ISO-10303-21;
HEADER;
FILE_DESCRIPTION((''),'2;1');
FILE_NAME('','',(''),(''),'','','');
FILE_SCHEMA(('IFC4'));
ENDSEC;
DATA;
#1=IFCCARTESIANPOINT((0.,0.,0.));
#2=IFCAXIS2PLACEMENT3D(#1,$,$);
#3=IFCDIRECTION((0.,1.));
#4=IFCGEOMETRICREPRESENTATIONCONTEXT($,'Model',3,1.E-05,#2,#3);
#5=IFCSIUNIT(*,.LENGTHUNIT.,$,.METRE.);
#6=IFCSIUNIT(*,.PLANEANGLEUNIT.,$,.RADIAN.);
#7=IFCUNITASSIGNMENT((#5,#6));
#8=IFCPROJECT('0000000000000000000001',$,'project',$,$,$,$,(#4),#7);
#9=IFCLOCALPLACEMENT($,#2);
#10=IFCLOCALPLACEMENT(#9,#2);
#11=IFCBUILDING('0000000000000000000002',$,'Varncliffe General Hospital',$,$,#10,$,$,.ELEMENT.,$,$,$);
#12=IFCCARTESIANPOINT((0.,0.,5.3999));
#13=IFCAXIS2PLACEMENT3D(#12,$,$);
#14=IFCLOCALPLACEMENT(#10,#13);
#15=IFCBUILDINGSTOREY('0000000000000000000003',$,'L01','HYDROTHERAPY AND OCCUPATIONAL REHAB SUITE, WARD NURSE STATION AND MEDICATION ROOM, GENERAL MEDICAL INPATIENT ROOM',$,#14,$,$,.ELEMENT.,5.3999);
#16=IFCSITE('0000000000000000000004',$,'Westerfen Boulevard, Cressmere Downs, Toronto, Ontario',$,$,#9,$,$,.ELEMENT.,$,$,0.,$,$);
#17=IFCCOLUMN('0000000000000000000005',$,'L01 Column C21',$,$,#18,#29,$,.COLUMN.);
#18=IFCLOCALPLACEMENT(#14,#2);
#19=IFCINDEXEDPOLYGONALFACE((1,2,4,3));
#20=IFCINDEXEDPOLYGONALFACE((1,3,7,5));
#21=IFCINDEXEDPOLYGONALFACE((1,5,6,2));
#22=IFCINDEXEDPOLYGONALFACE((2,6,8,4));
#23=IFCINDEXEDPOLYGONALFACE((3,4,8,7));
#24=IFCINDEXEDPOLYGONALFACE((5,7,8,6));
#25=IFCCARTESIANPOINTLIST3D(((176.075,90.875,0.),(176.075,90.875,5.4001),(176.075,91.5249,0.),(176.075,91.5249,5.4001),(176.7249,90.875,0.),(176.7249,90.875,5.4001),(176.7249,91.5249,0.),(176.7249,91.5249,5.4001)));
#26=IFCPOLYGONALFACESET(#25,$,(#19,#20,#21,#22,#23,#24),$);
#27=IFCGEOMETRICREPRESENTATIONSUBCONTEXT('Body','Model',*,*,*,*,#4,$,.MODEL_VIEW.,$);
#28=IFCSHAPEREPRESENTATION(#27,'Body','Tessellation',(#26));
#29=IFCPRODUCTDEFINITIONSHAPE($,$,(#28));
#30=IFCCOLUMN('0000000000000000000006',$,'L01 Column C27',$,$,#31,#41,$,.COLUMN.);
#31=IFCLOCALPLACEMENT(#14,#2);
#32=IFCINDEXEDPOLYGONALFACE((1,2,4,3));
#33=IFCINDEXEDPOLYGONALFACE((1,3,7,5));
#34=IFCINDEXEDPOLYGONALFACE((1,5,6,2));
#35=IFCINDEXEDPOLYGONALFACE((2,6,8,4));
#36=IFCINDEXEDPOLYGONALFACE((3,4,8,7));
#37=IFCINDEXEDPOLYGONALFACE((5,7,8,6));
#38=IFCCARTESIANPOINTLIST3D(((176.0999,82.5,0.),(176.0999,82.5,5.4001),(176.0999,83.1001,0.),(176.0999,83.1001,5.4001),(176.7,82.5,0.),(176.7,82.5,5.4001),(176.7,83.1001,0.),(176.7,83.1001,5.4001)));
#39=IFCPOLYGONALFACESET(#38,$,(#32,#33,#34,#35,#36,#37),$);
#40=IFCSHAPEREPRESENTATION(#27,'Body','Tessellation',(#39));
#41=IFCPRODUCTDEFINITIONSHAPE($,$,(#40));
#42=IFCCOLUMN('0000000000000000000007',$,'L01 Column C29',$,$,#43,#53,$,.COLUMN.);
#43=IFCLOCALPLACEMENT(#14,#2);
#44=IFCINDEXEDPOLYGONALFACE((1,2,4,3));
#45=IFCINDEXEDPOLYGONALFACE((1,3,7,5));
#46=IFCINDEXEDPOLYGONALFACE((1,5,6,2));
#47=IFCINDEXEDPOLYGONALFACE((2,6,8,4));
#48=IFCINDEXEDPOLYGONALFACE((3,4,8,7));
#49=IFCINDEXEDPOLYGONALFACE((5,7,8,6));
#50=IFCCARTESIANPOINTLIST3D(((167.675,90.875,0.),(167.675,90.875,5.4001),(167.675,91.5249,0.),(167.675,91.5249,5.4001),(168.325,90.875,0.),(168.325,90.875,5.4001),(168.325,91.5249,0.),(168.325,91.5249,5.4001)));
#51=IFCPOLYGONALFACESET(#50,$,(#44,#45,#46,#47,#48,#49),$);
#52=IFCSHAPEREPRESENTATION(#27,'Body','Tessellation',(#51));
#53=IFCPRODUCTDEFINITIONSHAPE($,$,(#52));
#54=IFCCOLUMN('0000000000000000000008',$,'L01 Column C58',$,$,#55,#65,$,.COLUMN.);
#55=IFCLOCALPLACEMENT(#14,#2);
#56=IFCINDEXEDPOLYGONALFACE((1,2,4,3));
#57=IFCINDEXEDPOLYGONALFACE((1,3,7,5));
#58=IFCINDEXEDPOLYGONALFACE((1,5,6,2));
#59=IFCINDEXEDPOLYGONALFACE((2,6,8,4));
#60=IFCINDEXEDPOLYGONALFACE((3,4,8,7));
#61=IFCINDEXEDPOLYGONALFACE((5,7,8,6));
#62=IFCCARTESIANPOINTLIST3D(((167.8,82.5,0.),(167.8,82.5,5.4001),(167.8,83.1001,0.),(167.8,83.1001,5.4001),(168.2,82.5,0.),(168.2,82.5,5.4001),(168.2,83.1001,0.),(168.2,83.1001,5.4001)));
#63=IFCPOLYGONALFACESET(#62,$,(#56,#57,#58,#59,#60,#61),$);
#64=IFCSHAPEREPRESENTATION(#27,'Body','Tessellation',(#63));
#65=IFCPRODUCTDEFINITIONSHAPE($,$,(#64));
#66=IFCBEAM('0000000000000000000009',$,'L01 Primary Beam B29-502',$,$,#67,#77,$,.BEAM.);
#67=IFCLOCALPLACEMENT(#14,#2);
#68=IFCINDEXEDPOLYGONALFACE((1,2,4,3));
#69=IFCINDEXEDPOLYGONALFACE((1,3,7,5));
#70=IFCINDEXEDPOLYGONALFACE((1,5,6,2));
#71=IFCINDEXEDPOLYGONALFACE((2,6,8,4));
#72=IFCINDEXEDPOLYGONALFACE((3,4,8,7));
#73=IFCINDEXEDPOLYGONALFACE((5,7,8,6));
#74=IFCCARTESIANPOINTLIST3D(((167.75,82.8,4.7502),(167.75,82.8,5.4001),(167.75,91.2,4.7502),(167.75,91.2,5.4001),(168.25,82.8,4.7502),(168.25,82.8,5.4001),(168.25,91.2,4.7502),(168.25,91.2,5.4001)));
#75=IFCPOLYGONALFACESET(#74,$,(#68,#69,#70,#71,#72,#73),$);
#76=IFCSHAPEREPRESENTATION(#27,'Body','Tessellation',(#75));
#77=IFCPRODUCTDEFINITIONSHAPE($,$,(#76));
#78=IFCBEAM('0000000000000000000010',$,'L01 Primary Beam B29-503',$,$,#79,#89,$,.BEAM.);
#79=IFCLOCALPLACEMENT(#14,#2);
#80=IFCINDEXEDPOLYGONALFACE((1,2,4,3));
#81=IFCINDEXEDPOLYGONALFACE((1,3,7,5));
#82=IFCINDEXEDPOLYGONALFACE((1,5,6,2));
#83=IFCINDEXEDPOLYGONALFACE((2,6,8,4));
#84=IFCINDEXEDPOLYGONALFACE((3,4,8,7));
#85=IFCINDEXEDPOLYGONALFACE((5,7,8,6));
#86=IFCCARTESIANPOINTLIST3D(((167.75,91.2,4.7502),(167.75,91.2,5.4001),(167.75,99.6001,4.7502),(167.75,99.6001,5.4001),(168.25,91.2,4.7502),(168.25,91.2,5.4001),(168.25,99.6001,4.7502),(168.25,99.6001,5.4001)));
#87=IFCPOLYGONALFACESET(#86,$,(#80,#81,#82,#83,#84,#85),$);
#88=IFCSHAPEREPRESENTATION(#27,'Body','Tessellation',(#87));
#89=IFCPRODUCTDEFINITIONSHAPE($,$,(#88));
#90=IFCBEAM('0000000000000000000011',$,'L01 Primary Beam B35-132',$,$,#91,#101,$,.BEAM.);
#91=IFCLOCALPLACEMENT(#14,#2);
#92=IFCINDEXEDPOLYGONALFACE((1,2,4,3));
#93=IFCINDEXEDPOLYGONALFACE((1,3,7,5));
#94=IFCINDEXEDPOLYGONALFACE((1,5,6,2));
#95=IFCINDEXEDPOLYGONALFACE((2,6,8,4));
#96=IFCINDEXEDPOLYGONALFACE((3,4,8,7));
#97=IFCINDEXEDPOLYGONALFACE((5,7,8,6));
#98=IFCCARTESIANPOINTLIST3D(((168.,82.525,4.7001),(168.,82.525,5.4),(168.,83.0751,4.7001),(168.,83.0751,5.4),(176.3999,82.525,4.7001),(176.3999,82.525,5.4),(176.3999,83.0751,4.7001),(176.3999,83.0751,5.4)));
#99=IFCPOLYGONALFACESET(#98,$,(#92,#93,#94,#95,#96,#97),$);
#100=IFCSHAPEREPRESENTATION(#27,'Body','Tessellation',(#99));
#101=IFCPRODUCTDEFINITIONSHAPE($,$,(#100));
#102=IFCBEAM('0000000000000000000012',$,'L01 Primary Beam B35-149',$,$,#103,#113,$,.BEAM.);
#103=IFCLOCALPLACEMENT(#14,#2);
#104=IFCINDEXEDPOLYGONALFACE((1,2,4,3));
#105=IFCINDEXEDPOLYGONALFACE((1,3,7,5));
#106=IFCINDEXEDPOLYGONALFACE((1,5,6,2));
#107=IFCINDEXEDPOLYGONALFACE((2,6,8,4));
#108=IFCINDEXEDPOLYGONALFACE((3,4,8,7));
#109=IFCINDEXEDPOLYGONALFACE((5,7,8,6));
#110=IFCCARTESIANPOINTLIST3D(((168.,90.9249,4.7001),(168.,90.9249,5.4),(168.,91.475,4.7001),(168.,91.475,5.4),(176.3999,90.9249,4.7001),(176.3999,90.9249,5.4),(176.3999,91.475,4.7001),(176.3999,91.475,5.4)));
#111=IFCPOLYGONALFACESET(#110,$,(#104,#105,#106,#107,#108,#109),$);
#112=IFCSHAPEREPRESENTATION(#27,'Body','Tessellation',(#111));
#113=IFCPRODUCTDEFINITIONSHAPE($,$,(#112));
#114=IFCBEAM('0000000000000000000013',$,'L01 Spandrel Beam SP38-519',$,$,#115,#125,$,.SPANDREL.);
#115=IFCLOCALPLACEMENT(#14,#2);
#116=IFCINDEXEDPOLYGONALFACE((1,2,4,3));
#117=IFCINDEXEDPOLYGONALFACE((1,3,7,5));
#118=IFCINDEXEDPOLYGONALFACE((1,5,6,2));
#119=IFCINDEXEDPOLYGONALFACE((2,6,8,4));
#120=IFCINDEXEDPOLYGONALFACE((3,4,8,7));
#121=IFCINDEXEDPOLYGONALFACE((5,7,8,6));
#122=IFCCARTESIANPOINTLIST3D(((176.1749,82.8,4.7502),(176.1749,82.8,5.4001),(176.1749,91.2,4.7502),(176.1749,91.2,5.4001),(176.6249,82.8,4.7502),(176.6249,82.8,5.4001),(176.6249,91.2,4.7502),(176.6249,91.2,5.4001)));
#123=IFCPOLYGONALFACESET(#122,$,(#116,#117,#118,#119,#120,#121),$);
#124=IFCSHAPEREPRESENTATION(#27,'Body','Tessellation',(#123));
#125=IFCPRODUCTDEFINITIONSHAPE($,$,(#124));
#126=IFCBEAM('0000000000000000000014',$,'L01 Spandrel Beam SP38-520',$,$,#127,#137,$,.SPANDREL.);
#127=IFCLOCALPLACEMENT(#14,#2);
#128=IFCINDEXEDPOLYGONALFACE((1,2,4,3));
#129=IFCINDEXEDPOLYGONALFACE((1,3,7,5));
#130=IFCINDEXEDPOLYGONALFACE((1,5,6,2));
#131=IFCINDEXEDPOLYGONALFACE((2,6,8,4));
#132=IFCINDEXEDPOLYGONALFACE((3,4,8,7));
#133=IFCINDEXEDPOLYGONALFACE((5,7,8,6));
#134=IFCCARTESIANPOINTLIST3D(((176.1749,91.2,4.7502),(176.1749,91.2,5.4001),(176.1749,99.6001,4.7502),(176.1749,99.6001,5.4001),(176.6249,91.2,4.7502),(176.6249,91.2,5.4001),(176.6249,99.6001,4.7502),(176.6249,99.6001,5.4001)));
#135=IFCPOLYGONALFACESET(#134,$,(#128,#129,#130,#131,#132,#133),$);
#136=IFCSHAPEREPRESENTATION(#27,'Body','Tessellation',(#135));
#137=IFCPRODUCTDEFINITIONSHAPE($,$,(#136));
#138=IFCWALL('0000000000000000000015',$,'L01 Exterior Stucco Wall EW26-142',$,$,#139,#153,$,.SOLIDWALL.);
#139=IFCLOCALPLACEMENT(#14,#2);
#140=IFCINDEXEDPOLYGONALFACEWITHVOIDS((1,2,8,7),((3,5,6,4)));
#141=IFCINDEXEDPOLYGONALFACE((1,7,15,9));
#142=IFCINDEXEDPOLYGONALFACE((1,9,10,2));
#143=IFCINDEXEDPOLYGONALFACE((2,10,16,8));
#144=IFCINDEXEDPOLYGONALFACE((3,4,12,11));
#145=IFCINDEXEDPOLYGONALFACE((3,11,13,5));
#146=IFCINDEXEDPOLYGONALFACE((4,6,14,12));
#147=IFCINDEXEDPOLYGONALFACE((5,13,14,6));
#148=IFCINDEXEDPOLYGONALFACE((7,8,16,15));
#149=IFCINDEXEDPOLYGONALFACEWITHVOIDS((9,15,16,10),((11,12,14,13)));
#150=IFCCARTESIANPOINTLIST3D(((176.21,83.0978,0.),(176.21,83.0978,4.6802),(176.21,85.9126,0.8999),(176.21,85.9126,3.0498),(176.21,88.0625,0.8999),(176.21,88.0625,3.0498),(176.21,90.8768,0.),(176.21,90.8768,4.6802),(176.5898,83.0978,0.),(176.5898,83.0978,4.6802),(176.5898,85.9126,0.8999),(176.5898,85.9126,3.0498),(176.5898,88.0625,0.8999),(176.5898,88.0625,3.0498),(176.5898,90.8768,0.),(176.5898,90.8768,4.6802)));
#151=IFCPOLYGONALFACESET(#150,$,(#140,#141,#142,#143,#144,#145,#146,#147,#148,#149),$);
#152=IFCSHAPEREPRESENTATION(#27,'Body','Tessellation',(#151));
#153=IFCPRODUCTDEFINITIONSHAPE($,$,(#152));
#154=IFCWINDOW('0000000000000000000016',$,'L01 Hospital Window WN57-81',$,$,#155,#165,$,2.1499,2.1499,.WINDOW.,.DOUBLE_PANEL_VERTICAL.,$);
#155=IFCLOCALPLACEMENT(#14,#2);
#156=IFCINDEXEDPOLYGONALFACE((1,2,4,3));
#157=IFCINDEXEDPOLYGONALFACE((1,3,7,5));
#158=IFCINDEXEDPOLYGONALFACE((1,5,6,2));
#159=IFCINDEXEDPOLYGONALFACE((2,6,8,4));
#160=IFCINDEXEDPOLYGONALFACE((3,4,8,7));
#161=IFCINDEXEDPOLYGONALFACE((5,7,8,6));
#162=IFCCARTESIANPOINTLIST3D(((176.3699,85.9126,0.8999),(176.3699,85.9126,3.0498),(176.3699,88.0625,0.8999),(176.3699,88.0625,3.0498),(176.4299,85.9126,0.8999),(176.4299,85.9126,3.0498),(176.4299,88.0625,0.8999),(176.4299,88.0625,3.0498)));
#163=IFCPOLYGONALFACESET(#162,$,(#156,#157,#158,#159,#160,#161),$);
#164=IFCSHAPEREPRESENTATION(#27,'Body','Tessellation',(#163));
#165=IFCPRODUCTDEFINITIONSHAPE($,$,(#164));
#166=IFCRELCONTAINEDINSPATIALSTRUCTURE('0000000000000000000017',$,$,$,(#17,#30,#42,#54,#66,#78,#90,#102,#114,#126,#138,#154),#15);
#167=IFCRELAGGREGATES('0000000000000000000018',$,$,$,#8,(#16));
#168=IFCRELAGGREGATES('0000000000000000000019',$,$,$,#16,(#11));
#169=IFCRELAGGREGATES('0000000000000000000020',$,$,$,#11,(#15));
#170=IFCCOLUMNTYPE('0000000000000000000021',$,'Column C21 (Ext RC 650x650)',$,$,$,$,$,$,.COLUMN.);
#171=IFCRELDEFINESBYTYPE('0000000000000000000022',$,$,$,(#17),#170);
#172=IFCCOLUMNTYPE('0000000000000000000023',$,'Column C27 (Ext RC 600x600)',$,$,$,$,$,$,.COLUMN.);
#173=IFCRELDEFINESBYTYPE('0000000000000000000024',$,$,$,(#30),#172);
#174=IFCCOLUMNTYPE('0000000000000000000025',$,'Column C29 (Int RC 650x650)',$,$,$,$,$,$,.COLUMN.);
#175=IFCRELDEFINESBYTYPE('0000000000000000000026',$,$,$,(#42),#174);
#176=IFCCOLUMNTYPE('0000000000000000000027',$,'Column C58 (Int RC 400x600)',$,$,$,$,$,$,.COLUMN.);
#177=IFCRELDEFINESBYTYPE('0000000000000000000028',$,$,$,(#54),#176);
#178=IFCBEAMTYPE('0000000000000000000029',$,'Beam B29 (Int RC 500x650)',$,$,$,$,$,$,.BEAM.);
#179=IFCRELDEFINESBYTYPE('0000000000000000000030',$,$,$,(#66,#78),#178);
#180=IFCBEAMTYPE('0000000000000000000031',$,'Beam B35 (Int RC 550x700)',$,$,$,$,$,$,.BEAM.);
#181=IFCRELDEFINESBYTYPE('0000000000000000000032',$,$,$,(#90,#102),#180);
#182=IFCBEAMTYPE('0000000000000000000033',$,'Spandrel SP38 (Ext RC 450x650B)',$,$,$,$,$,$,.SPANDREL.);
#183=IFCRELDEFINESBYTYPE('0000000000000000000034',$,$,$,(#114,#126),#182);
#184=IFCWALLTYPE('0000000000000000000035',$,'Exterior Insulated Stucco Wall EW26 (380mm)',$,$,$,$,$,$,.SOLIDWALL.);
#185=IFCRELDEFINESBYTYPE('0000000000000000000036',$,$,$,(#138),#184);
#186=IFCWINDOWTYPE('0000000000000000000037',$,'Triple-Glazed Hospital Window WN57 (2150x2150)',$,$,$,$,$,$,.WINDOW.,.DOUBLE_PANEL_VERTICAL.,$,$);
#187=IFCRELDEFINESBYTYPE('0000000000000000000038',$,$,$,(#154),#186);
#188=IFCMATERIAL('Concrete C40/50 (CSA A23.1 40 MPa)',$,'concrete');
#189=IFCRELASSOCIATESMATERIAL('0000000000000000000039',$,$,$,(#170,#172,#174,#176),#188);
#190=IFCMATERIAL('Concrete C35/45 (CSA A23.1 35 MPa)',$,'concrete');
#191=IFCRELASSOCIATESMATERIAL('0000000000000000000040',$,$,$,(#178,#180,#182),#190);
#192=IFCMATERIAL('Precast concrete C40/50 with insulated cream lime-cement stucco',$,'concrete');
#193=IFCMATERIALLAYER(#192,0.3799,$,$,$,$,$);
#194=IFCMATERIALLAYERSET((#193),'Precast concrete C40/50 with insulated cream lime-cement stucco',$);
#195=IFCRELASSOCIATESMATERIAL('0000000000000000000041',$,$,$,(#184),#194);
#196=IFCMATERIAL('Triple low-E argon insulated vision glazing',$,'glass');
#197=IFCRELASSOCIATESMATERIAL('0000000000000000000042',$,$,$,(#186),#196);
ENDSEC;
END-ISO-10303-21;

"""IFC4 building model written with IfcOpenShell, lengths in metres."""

from ifc_helpers import new_model, si_unit, direction, frame, frame_2d, origin, origin_2d, place, context, subcontext, project, spatial, rectangle, extrude, material, layer, layer_set, material_profile, profile_set, type_object, element, fill, save


model = new_model("IFC4")

# Units and contexts
model_context = context("Model", 3, precision=1e-05, world=origin(), true_north=direction((0.0, 1.0)))
body_context = subcontext(model_context, "Body", "Model", "MODEL_VIEW")
ifc_project = project(units=[si_unit("LENGTHUNIT", "METRE"), si_unit("PLANEANGLEUNIT", "RADIAN")], contexts=[model_context])

# Site, building, storey
site_placement = place(None, origin())
site = spatial("IfcSite", under=ifc_project, at=site_placement, Name="Westerfen Boulevard, Cressmere Downs, Toronto, Ontario", CompositionType="ELEMENT", RefElevation=0.0)
building_placement = place(site_placement, origin())
building = spatial("IfcBuilding", under=site, at=building_placement, Name="Varncliffe General Hospital", CompositionType="ELEMENT")
storey_placement = place(building_placement, frame((0.0, 0.0, 5.3999)))
storey = spatial("IfcBuildingStorey", under=building, at=storey_placement, Name="L01", Description="HYDROTHERAPY AND OCCUPATIONAL REHAB SUITE, WARD NURSE STATION AND MEDICATION ROOM, GENERAL MEDICAL INPATIENT ROOM", CompositionType="ELEMENT", Elevation=5.3999)

# Columns
ifc_material_1 = material(Name="Concrete C40/50 (CSA A23.1 40 MPa)", Category="concrete")
ifc_material_profile_1 = material_profile(ifc_material_1, rectangle(XDim=0.6499, YDim=0.6499, at=origin_2d()), Name="RC 650x650")
ifc_profile_set_1 = profile_set([ifc_material_profile_1], Name="Concrete C40/50 (CSA A23.1 40 MPa)")
column_type_1 = type_object("IfcColumnType", Name="Column C21 (Ext RC 650x650)", PredefinedType="COLUMN", material=ifc_profile_set_1)
column_1_placement = place(storey_placement, frame((176.3999, 91.2, 0.0), z_axis=(0.0, 0.0, 1.0), x_axis=(1.0, 0.0, 0.0)))
element("IfcColumn", 1, at=column_1_placement, inside=storey, type_object=column_type_1, Name="L01 Column C21", PredefinedType="COLUMN", context=body_context, shape_type="SweptSolid", body=[
    extrude(rectangle(XDim=0.6499, YDim=0.6499, at=origin_2d()), origin(), (0.0, 0.0, 1.0), 5.4001),
])
ifc_material_profile_2 = material_profile(ifc_material_1, rectangle(XDim=0.6001, YDim=0.6001, at=origin_2d()), Name="RC 600x600")
ifc_profile_set_2 = profile_set([ifc_material_profile_2], Name="Concrete C40/50 (CSA A23.1 40 MPa)")
column_type_2 = type_object("IfcColumnType", Name="Column C27 (Ext RC 600x600)", PredefinedType="COLUMN", material=ifc_profile_set_2)
column_2_placement = place(storey_placement, frame((176.3999, 82.8, 0.0), z_axis=(0.0, 0.0, 1.0), x_axis=(1.0, 0.0, 0.0)))
element("IfcColumn", 2, at=column_2_placement, inside=storey, type_object=column_type_2, Name="L01 Column C27", PredefinedType="COLUMN", context=body_context, shape_type="SweptSolid", body=[
    extrude(rectangle(XDim=0.6001, YDim=0.6001, at=origin_2d()), origin(), (0.0, 0.0, 1.0), 5.4001),
])
ifc_material_profile_3 = material_profile(ifc_material_1, rectangle(XDim=0.6499, YDim=0.6499, at=origin_2d()), Name="RC 650x650")
ifc_profile_set_3 = profile_set([ifc_material_profile_3], Name="Concrete C40/50 (CSA A23.1 40 MPa)")
column_type_3 = type_object("IfcColumnType", Name="Column C29 (Int RC 650x650)", PredefinedType="COLUMN", material=ifc_profile_set_3)
column_3_placement = place(storey_placement, frame((168.0, 91.2, 0.0), z_axis=(0.0, 0.0, 1.0), x_axis=(1.0, 0.0, 0.0)))
element("IfcColumn", 3, at=column_3_placement, inside=storey, type_object=column_type_3, Name="L01 Column C29", PredefinedType="COLUMN", context=body_context, shape_type="SweptSolid", body=[
    extrude(rectangle(XDim=0.6499, YDim=0.6499, at=origin_2d()), origin(), (0.0, 0.0, 1.0), 5.4001),
])
ifc_material_profile_4 = material_profile(ifc_material_1, rectangle(XDim=0.3999, YDim=0.6001, at=origin_2d()), Name="RC 400x600")
ifc_profile_set_4 = profile_set([ifc_material_profile_4], Name="Concrete C40/50 (CSA A23.1 40 MPa)")
column_type_4 = type_object("IfcColumnType", Name="Column C58 (Int RC 400x600)", PredefinedType="COLUMN", material=ifc_profile_set_4)
column_4_placement = place(storey_placement, frame((168.0, 82.8, 0.0), z_axis=(0.0, 0.0, 1.0), x_axis=(1.0, 0.0, 0.0)))
element("IfcColumn", 4, at=column_4_placement, inside=storey, type_object=column_type_4, Name="L01 Column C58", PredefinedType="COLUMN", context=body_context, shape_type="SweptSolid", body=[
    extrude(rectangle(XDim=0.3999, YDim=0.6001, at=origin_2d()), origin(), (0.0, 0.0, 1.0), 5.4001),
])

# Beams
ifc_material_2 = material(Name="Concrete C35/45 (CSA A23.1 35 MPa)", Category="concrete")
ifc_material_profile_5 = material_profile(ifc_material_2, rectangle(XDim=0.5, YDim=0.6499, at=origin_2d()), Name="RC 500x650")
ifc_profile_set_5 = profile_set([ifc_material_profile_5], Name="Concrete C35/45 (CSA A23.1 35 MPa)")
beam_type_1 = type_object("IfcBeamType", Name="Beam B29 (Int RC 500x650)", PredefinedType="BEAM", material=ifc_profile_set_5)
beam_1_placement = place(storey_placement, frame((168.0, 82.8, 5.0752), z_axis=(0.0, 1.0, 0.0), x_axis=(-1.0, 0.0, 0.0)))
element("IfcBeam", 5, at=beam_1_placement, inside=storey, type_object=beam_type_1, Name="L01 Primary Beam B29-502", PredefinedType="BEAM", context=body_context, shape_type="SweptSolid", body=[
    extrude(rectangle(XDim=0.5, YDim=0.6499, at=origin_2d()), origin(), (0.0, 0.0, 1.0), 8.3999),
])
beam_2_placement = place(storey_placement, frame((168.0, 91.2, 5.0752), z_axis=(0.0, 1.0, 0.0), x_axis=(-1.0, 0.0, 0.0)))
element("IfcBeam", 6, at=beam_2_placement, inside=storey, type_object=beam_type_1, Name="L01 Primary Beam B29-503", PredefinedType="BEAM", context=body_context, shape_type="SweptSolid", body=[
    extrude(rectangle(XDim=0.5, YDim=0.6499, at=origin_2d()), origin(), (0.0, 0.0, 1.0), 8.4001),
])
ifc_material_profile_6 = material_profile(ifc_material_2, rectangle(XDim=0.55, YDim=0.7, at=origin_2d()), Name="RC 550x700")
ifc_profile_set_6 = profile_set([ifc_material_profile_6], Name="Concrete C35/45 (CSA A23.1 35 MPa)")
beam_type_2 = type_object("IfcBeamType", Name="Beam B35 (Int RC 550x700)", PredefinedType="BEAM", material=ifc_profile_set_6)
for number, where, z_axis, x_axis, name in (
    (7, (168.0, 82.8, 5.05), (1.0, 0.0, 0.0), (0.0, 1.0, 0.0), "L01 Primary Beam B35-132"),
    (8, (168.0, 91.2, 5.05), (1.0, 0.0, 0.0), (0.0, 1.0, 0.0), "L01 Primary Beam B35-149"),
):
    element("IfcBeam", number, at=place(storey_placement, frame(where, z_axis=z_axis, x_axis=x_axis)), inside=storey, type_object=beam_type_2, Name=name, PredefinedType="BEAM", context=body_context, shape_type="SweptSolid", body=[
        extrude(rectangle(XDim=0.55, YDim=0.7, at=origin_2d()), origin(), (0.0, 0.0, 1.0), 8.3999),
    ])
ifc_material_profile_7 = material_profile(ifc_material_2, rectangle(XDim=0.45, YDim=0.6499, at=origin_2d()), Name="RC 450x650")
ifc_profile_set_7 = profile_set([ifc_material_profile_7], Name="Concrete C35/45 (CSA A23.1 35 MPa)")
beam_type_3 = type_object("IfcBeamType", Name="Spandrel SP38 (Ext RC 450x650B)", PredefinedType="SPANDREL", material=ifc_profile_set_7)
beam_3_placement = place(storey_placement, frame((176.3999, 82.8, 5.0752), z_axis=(0.0, 1.0, 0.0), x_axis=(-1.0, 0.0, 0.0)))
element("IfcBeam", 9, at=beam_3_placement, inside=storey, type_object=beam_type_3, Name="L01 Spandrel Beam SP38-519", PredefinedType="SPANDREL", context=body_context, shape_type="SweptSolid", body=[
    extrude(rectangle(XDim=0.45, YDim=0.6499, at=origin_2d()), origin(), (0.0, 0.0, 1.0), 8.3999),
])
beam_4_placement = place(storey_placement, frame((176.3999, 91.2, 5.0752), z_axis=(0.0, 1.0, 0.0), x_axis=(-1.0, 0.0, 0.0)))
element("IfcBeam", 10, at=beam_4_placement, inside=storey, type_object=beam_type_3, Name="L01 Spandrel Beam SP38-520", PredefinedType="SPANDREL", context=body_context, shape_type="SweptSolid", body=[
    extrude(rectangle(XDim=0.45, YDim=0.6499, at=origin_2d()), origin(), (0.0, 0.0, 1.0), 8.4001),
])

# Wall, opening, window
ifc_material_3 = material(Name="Precast concrete C40/50 with insulated cream lime-cement stucco", Category="concrete")
ifc_layer_1 = layer(ifc_material_3, 0.3799)
ifc_layer_set_1 = layer_set([ifc_layer_1], Name="Precast concrete C40/50 with insulated cream lime-cement stucco")
wall_type_1 = type_object("IfcWallType", Name="Exterior Insulated Stucco Wall EW26 (380mm)", PredefinedType="SOLIDWALL", material=ifc_layer_set_1)
wall_1_placement = place(storey_placement, frame((176.3999, 90.877, 0.0), z_axis=(0.0, 0.0, 1.0), x_axis=(0.0, -1.0, 0.0)))
wall_1 = element("IfcWall", 11, at=wall_1_placement, inside=storey, type_object=wall_type_1, Name="L01 Exterior Stucco Wall EW26-142", PredefinedType="SOLIDWALL", context=body_context, shape_type="SweptSolid", body=[
    extrude(rectangle(XDim=7.7791, YDim=0.3799, at=frame_2d((3.8896, 0.0))), origin(), (0.0, 0.0, 1.0), 4.6802),
])
opening_1_placement = place(wall_1_placement, frame((2.8145, 0.0, 0.8999)))
opening_1 = element("IfcOpeningElement", 12, at=opening_1_placement, cuts=wall_1, PredefinedType="OPENING", context=body_context, shape_type="SweptSolid", body=[
    extrude(rectangle(XDim=2.1499, YDim=2.1499, at=frame_2d((1.075, 1.075))), frame((0.0, 0.2, 0.0), z_axis=(0.0, -1.0, 0.0), x_axis=(1.0, 0.0, 0.0)), (0.0, 0.0, 1.0), 0.3999),
])
ifc_material_4 = material(Name="Triple low-E argon insulated vision glazing", Category="glass")
window_type = type_object("IfcWindowType", Name="Triple-Glazed Hospital Window WN57 (2150x2150)", PartitioningType="DOUBLE_PANEL_VERTICAL", PredefinedType="WINDOW", material=ifc_material_4)
window_placement = place(opening_1_placement, origin())
window = element("IfcWindow", 13, at=window_placement, inside=storey, type_object=window_type, Name="L01 Hospital Window WN57-81", OverallHeight=2.1499, OverallWidth=2.1499, PartitioningType="DOUBLE_PANEL_VERTICAL", PredefinedType="WINDOW", context=body_context, shape_type="SweptSolid", body=[
    extrude(rectangle(XDim=2.1499, YDim=2.1499, at=frame_2d((1.075, 1.075))), frame((0.0, 0.03, 0.0), z_axis=(0.0, -1.0, 0.0), x_axis=(1.0, 0.0, 0.0)), (0.0, 0.0, 1.0), 0.0601),
])
fill(opening_1, window)

save(model, "model.ifc")
